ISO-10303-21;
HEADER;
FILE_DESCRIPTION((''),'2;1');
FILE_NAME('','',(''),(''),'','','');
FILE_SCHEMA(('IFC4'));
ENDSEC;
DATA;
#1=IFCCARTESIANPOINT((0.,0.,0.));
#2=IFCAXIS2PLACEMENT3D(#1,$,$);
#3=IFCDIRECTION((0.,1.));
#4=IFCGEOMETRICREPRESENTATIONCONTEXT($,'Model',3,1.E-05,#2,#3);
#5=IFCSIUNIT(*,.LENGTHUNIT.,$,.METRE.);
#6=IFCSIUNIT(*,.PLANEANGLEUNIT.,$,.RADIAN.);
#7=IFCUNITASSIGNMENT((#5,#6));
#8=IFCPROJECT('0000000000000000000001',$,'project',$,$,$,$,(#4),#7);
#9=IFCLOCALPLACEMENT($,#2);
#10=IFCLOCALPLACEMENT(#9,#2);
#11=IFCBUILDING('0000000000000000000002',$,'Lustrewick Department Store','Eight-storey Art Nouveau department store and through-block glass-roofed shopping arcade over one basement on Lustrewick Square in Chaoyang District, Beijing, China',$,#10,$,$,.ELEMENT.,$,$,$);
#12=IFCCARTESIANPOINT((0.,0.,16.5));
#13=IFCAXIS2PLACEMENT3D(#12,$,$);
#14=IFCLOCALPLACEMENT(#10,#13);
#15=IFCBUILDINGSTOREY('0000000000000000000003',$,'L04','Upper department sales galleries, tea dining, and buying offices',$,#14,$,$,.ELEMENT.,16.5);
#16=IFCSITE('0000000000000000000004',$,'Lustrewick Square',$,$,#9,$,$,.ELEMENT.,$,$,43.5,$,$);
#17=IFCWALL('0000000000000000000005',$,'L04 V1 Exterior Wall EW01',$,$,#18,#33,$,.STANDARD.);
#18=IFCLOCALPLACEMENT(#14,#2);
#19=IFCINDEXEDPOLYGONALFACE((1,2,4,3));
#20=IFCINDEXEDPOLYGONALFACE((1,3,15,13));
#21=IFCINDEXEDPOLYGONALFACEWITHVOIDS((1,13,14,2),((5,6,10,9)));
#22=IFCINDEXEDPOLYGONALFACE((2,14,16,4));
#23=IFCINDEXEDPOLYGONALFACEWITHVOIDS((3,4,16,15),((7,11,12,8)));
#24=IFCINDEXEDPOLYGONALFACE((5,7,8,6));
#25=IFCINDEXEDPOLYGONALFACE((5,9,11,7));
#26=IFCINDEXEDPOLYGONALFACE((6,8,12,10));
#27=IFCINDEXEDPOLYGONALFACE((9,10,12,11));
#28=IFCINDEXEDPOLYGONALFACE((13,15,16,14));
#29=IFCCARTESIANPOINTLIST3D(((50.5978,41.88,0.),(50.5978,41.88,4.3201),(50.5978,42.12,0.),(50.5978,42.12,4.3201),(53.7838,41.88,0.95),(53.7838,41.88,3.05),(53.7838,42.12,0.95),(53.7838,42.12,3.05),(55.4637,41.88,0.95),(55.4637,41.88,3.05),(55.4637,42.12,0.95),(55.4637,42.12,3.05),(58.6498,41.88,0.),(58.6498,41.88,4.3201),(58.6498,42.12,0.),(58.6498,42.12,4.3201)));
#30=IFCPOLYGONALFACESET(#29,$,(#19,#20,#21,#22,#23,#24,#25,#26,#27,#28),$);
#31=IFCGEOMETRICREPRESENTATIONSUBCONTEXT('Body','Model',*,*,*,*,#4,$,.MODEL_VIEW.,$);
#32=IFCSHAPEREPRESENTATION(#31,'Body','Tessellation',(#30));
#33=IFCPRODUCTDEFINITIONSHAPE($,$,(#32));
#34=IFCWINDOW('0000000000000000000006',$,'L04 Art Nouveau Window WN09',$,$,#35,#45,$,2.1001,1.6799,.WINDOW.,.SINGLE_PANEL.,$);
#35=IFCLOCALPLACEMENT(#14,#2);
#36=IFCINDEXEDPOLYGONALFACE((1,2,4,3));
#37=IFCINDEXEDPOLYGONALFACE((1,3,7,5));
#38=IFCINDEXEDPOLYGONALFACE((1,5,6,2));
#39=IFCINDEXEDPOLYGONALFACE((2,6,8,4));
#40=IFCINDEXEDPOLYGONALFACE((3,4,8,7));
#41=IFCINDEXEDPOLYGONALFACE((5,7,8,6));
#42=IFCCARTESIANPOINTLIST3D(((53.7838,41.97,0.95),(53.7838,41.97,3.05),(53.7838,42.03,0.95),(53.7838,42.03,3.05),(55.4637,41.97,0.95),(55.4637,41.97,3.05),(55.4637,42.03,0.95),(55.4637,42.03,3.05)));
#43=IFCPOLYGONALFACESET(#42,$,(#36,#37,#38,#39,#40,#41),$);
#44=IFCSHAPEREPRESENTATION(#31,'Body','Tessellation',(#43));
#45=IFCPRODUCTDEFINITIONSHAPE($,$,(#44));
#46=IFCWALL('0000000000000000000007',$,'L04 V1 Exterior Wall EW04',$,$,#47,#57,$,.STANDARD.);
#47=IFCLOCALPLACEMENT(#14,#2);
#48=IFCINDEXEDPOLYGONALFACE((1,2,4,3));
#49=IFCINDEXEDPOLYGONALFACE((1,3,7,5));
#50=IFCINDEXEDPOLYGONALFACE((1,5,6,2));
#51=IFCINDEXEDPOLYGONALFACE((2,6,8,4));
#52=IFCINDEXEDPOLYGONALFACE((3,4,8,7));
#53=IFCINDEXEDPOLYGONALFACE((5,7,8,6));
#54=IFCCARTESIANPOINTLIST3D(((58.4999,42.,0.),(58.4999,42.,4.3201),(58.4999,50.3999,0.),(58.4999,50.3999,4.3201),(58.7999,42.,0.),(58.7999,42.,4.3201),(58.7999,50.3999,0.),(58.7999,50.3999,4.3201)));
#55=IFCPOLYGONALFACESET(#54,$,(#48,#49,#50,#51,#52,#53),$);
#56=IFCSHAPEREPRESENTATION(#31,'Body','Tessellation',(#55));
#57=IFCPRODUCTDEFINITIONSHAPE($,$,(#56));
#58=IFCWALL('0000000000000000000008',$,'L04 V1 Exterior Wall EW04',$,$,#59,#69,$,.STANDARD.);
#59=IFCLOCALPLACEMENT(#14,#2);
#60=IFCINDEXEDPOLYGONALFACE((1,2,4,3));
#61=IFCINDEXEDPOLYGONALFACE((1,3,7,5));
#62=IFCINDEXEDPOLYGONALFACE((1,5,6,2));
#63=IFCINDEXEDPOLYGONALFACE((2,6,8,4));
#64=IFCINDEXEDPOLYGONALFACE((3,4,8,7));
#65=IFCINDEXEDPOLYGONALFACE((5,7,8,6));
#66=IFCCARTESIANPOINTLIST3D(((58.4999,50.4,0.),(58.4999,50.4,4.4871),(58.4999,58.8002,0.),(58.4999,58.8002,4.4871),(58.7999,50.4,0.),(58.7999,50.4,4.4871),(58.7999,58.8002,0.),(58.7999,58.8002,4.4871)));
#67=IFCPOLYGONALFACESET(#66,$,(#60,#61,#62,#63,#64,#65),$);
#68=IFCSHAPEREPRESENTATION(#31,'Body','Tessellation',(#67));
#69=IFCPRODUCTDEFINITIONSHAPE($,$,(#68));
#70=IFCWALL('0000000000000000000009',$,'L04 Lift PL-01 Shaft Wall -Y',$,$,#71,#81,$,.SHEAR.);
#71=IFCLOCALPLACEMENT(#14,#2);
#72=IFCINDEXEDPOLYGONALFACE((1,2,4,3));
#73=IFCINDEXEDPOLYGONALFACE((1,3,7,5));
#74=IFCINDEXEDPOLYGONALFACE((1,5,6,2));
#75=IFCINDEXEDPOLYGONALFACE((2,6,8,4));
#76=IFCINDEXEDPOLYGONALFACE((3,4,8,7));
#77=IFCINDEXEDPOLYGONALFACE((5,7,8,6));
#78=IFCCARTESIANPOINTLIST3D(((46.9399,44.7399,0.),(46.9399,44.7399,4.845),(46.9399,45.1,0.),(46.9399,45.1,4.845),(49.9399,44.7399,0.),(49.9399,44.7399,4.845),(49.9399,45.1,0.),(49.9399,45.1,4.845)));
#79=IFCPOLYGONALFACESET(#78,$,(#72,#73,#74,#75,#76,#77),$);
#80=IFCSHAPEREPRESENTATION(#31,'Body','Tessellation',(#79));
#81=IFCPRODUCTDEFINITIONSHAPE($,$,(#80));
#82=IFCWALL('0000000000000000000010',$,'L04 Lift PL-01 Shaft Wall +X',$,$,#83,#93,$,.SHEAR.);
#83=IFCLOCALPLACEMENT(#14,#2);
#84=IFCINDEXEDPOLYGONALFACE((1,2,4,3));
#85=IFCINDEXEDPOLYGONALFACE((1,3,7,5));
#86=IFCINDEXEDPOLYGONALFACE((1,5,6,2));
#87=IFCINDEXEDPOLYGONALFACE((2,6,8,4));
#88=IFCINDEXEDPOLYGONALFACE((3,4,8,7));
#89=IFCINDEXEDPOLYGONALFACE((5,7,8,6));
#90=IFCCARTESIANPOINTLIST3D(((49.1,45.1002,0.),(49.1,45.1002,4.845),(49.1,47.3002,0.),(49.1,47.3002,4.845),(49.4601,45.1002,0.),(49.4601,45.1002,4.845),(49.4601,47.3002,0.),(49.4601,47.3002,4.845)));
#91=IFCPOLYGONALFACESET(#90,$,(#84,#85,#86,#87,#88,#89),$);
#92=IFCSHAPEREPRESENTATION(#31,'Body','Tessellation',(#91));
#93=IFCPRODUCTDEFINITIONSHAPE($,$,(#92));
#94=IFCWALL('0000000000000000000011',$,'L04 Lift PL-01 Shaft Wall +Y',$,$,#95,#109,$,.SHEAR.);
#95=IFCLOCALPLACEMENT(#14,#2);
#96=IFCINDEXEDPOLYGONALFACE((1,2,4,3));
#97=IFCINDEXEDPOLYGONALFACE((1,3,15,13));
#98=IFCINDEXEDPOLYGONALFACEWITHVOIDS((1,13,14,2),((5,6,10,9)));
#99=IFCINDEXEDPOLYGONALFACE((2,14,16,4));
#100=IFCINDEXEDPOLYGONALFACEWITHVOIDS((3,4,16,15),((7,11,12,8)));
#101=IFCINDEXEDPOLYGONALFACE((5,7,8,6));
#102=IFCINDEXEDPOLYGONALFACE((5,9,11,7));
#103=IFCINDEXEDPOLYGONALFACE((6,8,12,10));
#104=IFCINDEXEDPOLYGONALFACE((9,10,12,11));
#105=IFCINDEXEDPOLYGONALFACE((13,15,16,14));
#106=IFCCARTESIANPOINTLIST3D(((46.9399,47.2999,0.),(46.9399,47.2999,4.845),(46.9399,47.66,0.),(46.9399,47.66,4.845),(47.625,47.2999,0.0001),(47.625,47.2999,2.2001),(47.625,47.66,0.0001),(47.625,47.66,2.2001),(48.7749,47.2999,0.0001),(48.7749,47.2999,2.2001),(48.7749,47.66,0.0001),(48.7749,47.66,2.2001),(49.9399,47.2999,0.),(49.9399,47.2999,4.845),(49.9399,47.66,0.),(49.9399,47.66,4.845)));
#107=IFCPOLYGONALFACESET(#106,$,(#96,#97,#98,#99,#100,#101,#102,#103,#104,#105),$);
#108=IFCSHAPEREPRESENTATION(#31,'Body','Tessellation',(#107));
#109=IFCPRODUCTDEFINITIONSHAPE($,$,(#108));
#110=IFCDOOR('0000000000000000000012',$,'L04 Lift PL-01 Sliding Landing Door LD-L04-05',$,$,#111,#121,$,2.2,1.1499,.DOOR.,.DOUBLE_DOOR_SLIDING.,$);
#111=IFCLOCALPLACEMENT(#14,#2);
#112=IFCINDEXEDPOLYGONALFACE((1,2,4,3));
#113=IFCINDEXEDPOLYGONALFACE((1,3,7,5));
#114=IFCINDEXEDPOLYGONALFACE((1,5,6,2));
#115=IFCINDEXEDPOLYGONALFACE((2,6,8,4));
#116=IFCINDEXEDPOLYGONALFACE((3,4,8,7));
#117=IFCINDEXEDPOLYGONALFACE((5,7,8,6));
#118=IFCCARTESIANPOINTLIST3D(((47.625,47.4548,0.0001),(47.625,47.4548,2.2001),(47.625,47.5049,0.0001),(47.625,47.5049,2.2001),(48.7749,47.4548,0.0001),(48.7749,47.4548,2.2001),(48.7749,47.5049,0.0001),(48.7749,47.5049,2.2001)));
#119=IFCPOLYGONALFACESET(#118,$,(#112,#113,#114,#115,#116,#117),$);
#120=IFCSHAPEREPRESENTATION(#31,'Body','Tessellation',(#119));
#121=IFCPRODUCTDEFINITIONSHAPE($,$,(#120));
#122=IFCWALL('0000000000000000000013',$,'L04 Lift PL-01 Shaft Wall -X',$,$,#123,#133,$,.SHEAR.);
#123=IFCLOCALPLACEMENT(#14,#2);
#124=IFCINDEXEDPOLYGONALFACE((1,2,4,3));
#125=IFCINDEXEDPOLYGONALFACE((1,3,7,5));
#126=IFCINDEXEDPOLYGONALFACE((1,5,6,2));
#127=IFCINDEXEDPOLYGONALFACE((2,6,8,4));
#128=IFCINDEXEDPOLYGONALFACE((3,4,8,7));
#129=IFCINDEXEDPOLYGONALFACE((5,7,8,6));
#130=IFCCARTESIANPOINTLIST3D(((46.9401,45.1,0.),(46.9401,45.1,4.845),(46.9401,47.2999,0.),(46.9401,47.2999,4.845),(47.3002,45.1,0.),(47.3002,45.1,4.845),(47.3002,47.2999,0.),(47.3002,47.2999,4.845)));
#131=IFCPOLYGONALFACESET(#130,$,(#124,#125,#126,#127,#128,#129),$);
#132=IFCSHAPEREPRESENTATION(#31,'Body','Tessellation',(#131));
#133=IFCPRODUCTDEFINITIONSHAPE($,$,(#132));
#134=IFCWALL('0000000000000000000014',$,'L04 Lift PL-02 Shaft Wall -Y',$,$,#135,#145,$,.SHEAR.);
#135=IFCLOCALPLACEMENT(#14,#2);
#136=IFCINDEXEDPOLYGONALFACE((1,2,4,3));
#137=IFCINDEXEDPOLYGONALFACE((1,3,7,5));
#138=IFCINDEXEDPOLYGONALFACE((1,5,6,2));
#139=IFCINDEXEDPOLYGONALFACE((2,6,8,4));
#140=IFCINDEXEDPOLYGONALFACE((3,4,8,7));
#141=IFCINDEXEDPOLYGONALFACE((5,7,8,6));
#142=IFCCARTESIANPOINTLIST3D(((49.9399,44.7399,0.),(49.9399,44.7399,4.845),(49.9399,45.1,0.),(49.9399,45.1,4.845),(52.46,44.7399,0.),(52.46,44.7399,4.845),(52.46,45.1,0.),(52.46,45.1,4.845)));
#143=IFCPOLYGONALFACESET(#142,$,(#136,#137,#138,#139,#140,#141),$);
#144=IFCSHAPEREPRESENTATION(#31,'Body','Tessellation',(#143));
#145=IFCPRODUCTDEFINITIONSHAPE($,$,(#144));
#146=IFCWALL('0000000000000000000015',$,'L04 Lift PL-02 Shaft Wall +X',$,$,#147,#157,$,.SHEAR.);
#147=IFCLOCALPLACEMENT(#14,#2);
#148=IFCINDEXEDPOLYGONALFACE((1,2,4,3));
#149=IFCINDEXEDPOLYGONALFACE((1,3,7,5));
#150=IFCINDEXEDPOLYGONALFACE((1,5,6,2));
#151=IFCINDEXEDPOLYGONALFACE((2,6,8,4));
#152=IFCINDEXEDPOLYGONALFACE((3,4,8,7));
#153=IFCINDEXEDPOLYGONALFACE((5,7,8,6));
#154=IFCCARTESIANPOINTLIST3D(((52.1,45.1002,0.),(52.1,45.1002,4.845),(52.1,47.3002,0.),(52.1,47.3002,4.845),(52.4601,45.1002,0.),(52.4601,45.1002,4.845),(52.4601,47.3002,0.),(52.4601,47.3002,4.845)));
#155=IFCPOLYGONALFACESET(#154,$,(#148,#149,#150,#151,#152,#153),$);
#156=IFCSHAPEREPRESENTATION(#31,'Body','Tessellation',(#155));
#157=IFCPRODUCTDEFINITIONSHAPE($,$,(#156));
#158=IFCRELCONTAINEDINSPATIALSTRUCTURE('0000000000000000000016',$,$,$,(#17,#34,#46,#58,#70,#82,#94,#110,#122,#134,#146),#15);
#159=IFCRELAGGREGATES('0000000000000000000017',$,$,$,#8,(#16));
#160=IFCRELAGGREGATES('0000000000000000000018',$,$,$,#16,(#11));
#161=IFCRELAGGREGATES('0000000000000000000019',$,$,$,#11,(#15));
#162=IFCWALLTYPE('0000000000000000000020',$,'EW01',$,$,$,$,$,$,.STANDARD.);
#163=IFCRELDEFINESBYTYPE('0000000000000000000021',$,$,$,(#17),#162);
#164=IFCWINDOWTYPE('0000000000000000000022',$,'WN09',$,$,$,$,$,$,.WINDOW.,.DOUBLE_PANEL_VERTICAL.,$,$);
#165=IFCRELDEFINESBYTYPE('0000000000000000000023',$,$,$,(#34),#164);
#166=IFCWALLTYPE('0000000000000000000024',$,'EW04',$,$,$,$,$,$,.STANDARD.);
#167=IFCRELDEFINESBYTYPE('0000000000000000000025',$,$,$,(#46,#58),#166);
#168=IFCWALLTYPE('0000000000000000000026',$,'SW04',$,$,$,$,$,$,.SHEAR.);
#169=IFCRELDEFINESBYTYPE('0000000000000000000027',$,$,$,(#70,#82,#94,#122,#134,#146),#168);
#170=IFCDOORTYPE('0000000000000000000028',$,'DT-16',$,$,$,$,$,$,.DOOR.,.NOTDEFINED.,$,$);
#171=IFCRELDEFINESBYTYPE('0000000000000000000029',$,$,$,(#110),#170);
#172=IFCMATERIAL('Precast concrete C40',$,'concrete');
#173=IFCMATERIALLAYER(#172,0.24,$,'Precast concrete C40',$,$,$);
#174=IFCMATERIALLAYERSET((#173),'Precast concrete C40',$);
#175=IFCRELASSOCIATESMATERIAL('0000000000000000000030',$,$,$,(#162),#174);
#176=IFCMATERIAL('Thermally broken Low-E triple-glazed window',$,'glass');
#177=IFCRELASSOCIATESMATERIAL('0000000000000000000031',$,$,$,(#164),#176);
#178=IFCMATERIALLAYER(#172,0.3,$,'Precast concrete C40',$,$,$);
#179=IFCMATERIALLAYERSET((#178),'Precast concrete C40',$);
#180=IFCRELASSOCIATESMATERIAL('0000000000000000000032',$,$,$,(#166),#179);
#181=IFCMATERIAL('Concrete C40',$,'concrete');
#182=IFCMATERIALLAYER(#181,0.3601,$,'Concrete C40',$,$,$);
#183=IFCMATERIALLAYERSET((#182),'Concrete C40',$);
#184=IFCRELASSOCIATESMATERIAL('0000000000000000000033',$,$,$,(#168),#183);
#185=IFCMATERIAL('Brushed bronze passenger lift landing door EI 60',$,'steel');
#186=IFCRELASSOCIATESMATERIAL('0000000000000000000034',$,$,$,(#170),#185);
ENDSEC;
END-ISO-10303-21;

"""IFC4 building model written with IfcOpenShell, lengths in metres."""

from ifc_helpers import new_model, si_unit, direction, frame, frame_2d, origin, place, context, subcontext, project, spatial, rectangle, extrude, material, layer, layer_set, type_object, element, fill, save


model = new_model("IFC4")

# Units and contexts
model_context = context("Model", 3, precision=1e-05, world=origin(), true_north=direction((0.0, 1.0)))
body_context = subcontext(model_context, "Body", "Model", "MODEL_VIEW")
ifc_project = project(units=[si_unit("LENGTHUNIT", "METRE"), si_unit("PLANEANGLEUNIT", "RADIAN")], contexts=[model_context])

# Site, building, storey
site_placement = place(None, origin())
site = spatial("IfcSite", under=ifc_project, at=site_placement, Name="Lustrewick Square", CompositionType="ELEMENT", RefElevation=43.5)
building_placement = place(site_placement, origin())
building = spatial("IfcBuilding", under=site, at=building_placement, Name="Lustrewick Department Store", Description="Eight-storey Art Nouveau department store and through-block glass-roofed shopping arcade over one basement on Lustrewick Square in Chaoyang District, Beijing, China", CompositionType="ELEMENT")
storey_placement = place(building_placement, frame((0.0, 0.0, 16.5)))
storey = spatial("IfcBuildingStorey", under=building, at=storey_placement, Name="L04", Description="Upper department sales galleries, tea dining, and buying offices", CompositionType="ELEMENT", Elevation=16.5)

# Wall, opening, window
ifc_material_1 = material(Name="Precast concrete C40", Category="concrete")
ifc_layer_1 = layer(ifc_material_1, 0.24, Name="Precast concrete C40")
ifc_layer_set_1 = layer_set([ifc_layer_1], Name="Precast concrete C40")
wall_type_1 = type_object("IfcWallType", Name="EW01", PredefinedType="STANDARD", material=ifc_layer_set_1)
wall_1_placement = place(storey_placement, frame((50.5979, 42.0, 0.0), z_axis=(0.0, 0.0, 1.0), x_axis=(1.0, 0.0, 0.0)))
wall_1 = element("IfcWall", 1, at=wall_1_placement, inside=storey, type_object=wall_type_1, Name="L04 V1 Exterior Wall EW01", PredefinedType="STANDARD", context=body_context, shape_type="SweptSolid", body=[
    extrude(rectangle(XDim=8.052, YDim=0.24, at=frame_2d((4.0259, 0.0))), origin(), (0.0, 0.0, 1.0), 4.3201),
])
opening_1_placement = place(wall_1_placement, frame((3.186, 0.0, 0.95)))
opening_1 = element("IfcOpeningElement", 2, at=opening_1_placement, cuts=wall_1, PredefinedType="OPENING", context=body_context, shape_type="SweptSolid", body=[
    extrude(rectangle(XDim=1.6799, YDim=2.1001, at=frame_2d((0.8398, 1.05))), frame((0.0, 0.1299, 0.0), z_axis=(0.0, -1.0, 0.0), x_axis=(1.0, 0.0, 0.0)), (0.0, 0.0, 1.0), 0.26),
])
ifc_material_2 = material(Name="Thermally broken Low-E triple-glazed window", Category="glass")
window_type = type_object("IfcWindowType", Name="WN09", PartitioningType="DOUBLE_PANEL_VERTICAL", PredefinedType="WINDOW", material=ifc_material_2)
window_placement = place(opening_1_placement, origin())
window = element("IfcWindow", 3, at=window_placement, inside=storey, type_object=window_type, Name="L04 Art Nouveau Window WN09", OverallHeight=2.1001, OverallWidth=1.6799, PartitioningType="SINGLE_PANEL", PredefinedType="WINDOW", context=body_context, shape_type="SweptSolid", body=[
    extrude(rectangle(XDim=1.6799, YDim=2.1001, at=frame_2d((0.8398, 1.05))), frame((0.0, 0.03, 0.0), z_axis=(0.0, -1.0, 0.0), x_axis=(1.0, 0.0, 0.0)), (0.0, 0.0, 1.0), 0.0601),
])
fill(opening_1, window)

# Walls
ifc_layer_2 = layer(ifc_material_1, 0.3, Name="Precast concrete C40")
ifc_layer_set_2 = layer_set([ifc_layer_2], Name="Precast concrete C40")
wall_type_2 = type_object("IfcWallType", Name="EW04", PredefinedType="STANDARD", material=ifc_layer_set_2)
wall_2_placement = place(storey_placement, frame((58.6499, 42.0, 0.0), z_axis=(0.0, 0.0, 1.0), x_axis=(0.0, 1.0, 0.0)))
element("IfcWall", 4, at=wall_2_placement, inside=storey, type_object=wall_type_2, Name="L04 V1 Exterior Wall EW04", PredefinedType="STANDARD", context=body_context, shape_type="SweptSolid", body=[
    extrude(rectangle(XDim=8.3999, YDim=0.3, at=frame_2d((4.2, 0.0))), origin(), (0.0, 0.0, 1.0), 4.3201),
])
wall_3_placement = place(storey_placement, frame((58.6499, 50.3999, 0.0), z_axis=(0.0, 0.0, 1.0), x_axis=(0.0, 1.0, 0.0)))
element("IfcWall", 5, at=wall_3_placement, inside=storey, type_object=wall_type_2, Name="L04 V1 Exterior Wall EW04", PredefinedType="STANDARD", context=body_context, shape_type="SweptSolid", body=[
    extrude(rectangle(XDim=8.4001, YDim=0.3, at=frame_2d((4.2002, 0.0))), origin(), (0.0, 0.0, 1.0), 4.4871),
])
ifc_material_3 = material(Name="Concrete C40", Category="concrete")
ifc_layer_3 = layer(ifc_material_3, 0.3601, Name="Concrete C40")
ifc_layer_set_3 = layer_set([ifc_layer_3], Name="Concrete C40")
wall_type_3 = type_object("IfcWallType", Name="SW04", PredefinedType="SHEAR", material=ifc_layer_set_3)
wall_4_placement = place(storey_placement, frame((46.9399, 44.9199, 0.0), z_axis=(0.0, 0.0, 1.0), x_axis=(1.0, 0.0, 0.0)))
element("IfcWall", 6, at=wall_4_placement, inside=storey, type_object=wall_type_3, Name="L04 Lift PL-01 Shaft Wall -Y", PredefinedType="SHEAR", context=body_context, shape_type="SweptSolid", body=[
    extrude(rectangle(XDim=3.0, YDim=0.3601, at=frame_2d((1.5, 0.0))), origin(), (0.0, 0.0, 1.0), 4.845),
])
wall_5_placement = place(storey_placement, frame((49.28, 45.1001, 0.0), z_axis=(0.0, 0.0, 1.0), x_axis=(0.0, 1.0, 0.0)))
element("IfcWall", 7, at=wall_5_placement, inside=storey, type_object=wall_type_3, Name="L04 Lift PL-01 Shaft Wall +X", PredefinedType="SHEAR", context=body_context, shape_type="SweptSolid", body=[
    extrude(rectangle(XDim=2.2, YDim=0.3601, at=frame_2d((1.1001, 0.0))), origin(), (0.0, 0.0, 1.0), 4.845),
])

# Wall, opening, door
wall_6_placement = place(storey_placement, frame((49.9399, 47.48, 0.0), z_axis=(0.0, 0.0, 1.0), x_axis=(-1.0, 0.0, 0.0)))
wall_6 = element("IfcWall", 8, at=wall_6_placement, inside=storey, type_object=wall_type_3, Name="L04 Lift PL-01 Shaft Wall +Y", PredefinedType="SHEAR", context=body_context, shape_type="SweptSolid", body=[
    extrude(rectangle(XDim=3.0, YDim=0.3601, at=frame_2d((1.5, 0.0))), origin(), (0.0, 0.0, 1.0), 4.845),
])
opening_2_placement = place(wall_6_placement, frame((1.165, 0.0, 0.0)))
opening_2 = element("IfcOpeningElement", 9, at=opening_2_placement, cuts=wall_6, PredefinedType="OPENING", context=body_context, shape_type="SweptSolid", body=[
    extrude(rectangle(XDim=1.1499, YDim=2.2, at=frame_2d((0.575, 1.1001))), frame((0.0, 0.1899, 0.0), z_axis=(0.0, -1.0, 0.0), x_axis=(1.0, 0.0, 0.0)), (0.0, 0.0, 1.0), 0.3801),
])
ifc_material_4 = material(Name="Brushed bronze passenger lift landing door EI 60", Category="steel")
door_type_1 = type_object("IfcDoorType", Name="DT-16", OperationType="NOTDEFINED", PredefinedType="DOOR", material=ifc_material_4)
door_1_placement = place(opening_2_placement, frame((1.1499, 0.0, 0.0), z_axis=(0.0, 0.0, 1.0), x_axis=(-1.0, 0.0, 0.0)))
door_1 = element("IfcDoor", 10, at=door_1_placement, inside=storey, type_object=door_type_1, Name="L04 Lift PL-01 Sliding Landing Door LD-L04-05", OperationType="DOUBLE_DOOR_SLIDING", OverallHeight=2.2, OverallWidth=1.1499, PredefinedType="DOOR", context=body_context, shape_type="SweptSolid", body=[
    extrude(rectangle(XDim=1.1499, YDim=2.2, at=frame_2d((0.575, 1.1001))), frame((0.0, 0.0249, 0.0), z_axis=(0.0, -1.0, 0.0), x_axis=(1.0, 0.0, 0.0)), (0.0, 0.0, 1.0), 0.05),
])
fill(opening_2, door_1)

# Walls
wall_7_placement = place(storey_placement, frame((47.1201, 47.3, 0.0), z_axis=(0.0, 0.0, 1.0), x_axis=(0.0, -1.0, 0.0)))
element("IfcWall", 11, at=wall_7_placement, inside=storey, type_object=wall_type_3, Name="L04 Lift PL-01 Shaft Wall -X", PredefinedType="SHEAR", context=body_context, shape_type="SweptSolid", body=[
    extrude(rectangle(XDim=2.2, YDim=0.3601, at=frame_2d((1.1001, 0.0))), origin(), (0.0, 0.0, 1.0), 4.845),
])
wall_8_placement = place(storey_placement, frame((49.9399, 44.9199, 0.0), z_axis=(0.0, 0.0, 1.0), x_axis=(1.0, 0.0, 0.0)))
element("IfcWall", 12, at=wall_8_placement, inside=storey, type_object=wall_type_3, Name="L04 Lift PL-02 Shaft Wall -Y", PredefinedType="SHEAR", context=body_context, shape_type="SweptSolid", body=[
    extrude(rectangle(XDim=2.52, YDim=0.3601, at=frame_2d((1.26, 0.0))), origin(), (0.0, 0.0, 1.0), 4.845),
])
wall_9_placement = place(storey_placement, frame((52.28, 45.1001, 0.0), z_axis=(0.0, 0.0, 1.0), x_axis=(0.0, 1.0, 0.0)))
element("IfcWall", 13, at=wall_9_placement, inside=storey, type_object=wall_type_3, Name="L04 Lift PL-02 Shaft Wall +X", PredefinedType="SHEAR", context=body_context, shape_type="SweptSolid", body=[
    extrude(rectangle(XDim=2.2, YDim=0.3601, at=frame_2d((1.1001, 0.0))), origin(), (0.0, 0.0, 1.0), 4.845),
])

save(model, "model.ifc")
